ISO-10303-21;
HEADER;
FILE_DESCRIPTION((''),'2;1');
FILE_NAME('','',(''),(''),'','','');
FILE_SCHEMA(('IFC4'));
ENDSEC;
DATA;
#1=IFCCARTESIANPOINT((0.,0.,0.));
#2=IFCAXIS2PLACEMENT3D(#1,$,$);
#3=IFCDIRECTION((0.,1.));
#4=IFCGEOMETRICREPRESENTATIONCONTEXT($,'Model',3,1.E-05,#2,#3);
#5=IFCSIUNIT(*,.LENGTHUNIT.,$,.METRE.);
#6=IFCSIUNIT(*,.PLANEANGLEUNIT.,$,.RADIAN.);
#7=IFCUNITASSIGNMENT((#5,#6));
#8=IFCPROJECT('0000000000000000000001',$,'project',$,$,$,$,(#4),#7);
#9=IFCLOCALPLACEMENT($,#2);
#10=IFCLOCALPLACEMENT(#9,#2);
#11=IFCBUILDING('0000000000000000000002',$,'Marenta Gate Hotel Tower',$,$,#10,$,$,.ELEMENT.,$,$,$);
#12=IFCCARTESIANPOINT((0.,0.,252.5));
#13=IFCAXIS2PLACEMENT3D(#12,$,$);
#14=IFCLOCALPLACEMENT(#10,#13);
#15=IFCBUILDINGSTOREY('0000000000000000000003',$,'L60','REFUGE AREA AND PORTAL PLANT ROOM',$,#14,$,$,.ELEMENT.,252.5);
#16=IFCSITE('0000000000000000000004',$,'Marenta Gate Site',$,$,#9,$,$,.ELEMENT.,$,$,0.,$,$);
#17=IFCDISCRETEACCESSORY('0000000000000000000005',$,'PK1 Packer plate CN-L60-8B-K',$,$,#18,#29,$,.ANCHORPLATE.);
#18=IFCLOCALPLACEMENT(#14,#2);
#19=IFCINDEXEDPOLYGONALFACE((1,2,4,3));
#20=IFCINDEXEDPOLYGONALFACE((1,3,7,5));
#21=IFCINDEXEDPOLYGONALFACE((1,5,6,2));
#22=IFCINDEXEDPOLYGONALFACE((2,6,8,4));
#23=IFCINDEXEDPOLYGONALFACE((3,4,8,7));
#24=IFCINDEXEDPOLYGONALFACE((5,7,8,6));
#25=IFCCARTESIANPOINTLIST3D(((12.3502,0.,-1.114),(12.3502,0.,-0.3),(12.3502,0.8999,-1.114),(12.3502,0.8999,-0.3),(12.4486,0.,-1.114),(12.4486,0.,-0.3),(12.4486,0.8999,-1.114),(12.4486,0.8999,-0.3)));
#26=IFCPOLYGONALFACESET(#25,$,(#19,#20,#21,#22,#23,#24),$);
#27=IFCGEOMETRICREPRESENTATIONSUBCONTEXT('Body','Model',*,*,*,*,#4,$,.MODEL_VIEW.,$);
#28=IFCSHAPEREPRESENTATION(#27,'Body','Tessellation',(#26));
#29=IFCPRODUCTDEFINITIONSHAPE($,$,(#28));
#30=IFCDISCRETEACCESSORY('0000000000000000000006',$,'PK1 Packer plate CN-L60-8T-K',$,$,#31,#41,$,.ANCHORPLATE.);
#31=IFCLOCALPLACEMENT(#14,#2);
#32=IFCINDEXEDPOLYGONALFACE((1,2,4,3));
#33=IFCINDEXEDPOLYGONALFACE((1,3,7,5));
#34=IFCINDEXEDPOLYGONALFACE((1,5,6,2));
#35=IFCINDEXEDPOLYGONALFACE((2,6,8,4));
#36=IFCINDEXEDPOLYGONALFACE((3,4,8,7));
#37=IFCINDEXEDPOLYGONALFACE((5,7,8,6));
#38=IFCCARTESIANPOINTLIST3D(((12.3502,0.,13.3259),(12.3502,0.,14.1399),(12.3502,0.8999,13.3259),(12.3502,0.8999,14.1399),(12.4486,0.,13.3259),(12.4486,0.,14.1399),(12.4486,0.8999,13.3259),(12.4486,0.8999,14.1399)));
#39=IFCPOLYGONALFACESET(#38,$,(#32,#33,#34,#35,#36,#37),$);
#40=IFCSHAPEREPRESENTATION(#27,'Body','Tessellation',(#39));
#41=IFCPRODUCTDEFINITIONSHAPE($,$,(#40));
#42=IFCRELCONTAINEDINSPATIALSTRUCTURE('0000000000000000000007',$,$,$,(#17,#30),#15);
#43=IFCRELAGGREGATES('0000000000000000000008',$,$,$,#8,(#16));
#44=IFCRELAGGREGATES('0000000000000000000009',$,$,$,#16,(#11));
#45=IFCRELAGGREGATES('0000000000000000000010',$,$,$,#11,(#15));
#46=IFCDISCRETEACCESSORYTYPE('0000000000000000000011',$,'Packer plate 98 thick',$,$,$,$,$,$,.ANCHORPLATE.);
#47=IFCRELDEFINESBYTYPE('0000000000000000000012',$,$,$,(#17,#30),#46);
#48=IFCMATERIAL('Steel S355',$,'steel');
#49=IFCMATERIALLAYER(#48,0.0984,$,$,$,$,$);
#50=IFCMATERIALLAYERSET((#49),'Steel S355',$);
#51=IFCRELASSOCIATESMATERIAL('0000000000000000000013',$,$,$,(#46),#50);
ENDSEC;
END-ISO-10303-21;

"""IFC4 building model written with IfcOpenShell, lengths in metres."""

from ifc_helpers import new_model, si_unit, direction, frame, origin, origin_2d, place, context, subcontext, project, spatial, rectangle, extrude, material, layer, layer_set, type_object, element, save


model = new_model("IFC4")

# Units and contexts
model_context = context("Model", 3, precision=1e-05, world=origin(), true_north=direction((0.0, 1.0)))
body_context = subcontext(model_context, "Body", "Model", "MODEL_VIEW")
ifc_project = project(units=[si_unit("LENGTHUNIT", "METRE"), si_unit("PLANEANGLEUNIT", "RADIAN")], contexts=[model_context])

# Site, building, storey
site_placement = place(None, origin())
site = spatial("IfcSite", under=ifc_project, at=site_placement, Name="Marenta Gate Site", CompositionType="ELEMENT", RefElevation=0.0)
building_placement = place(site_placement, origin())
building = spatial("IfcBuilding", under=site, at=building_placement, Name="Marenta Gate Hotel Tower", CompositionType="ELEMENT")
storey_placement = place(building_placement, frame((0.0, 0.0, 252.5)))
storey = spatial("IfcBuildingStorey", under=building, at=storey_placement, Name="L60", Description="REFUGE AREA AND PORTAL PLANT ROOM", CompositionType="ELEMENT", Elevation=252.5)

# Discrete accessories
ifc_material_1 = material(Name="Steel S355", Category="steel")
ifc_layer_1 = layer(ifc_material_1, 0.0984)
ifc_layer_set_1 = layer_set([ifc_layer_1], Name="Steel S355")
discrete_accessory_type_1 = type_object("IfcDiscreteAccessoryType", Name="Packer plate 98 thick", PredefinedType="ANCHORPLATE", material=ifc_layer_set_1)
for number, where, z_axis, x_axis, name in (
    (1, (12.3994, 0.45, -1.114), (0.0, 0.0, 1.0), (1.0, 0.0, 0.0), "PK1 Packer plate CN-L60-8B-K"),
    (2, (12.3994, 0.45, 13.3259), (0.0, 0.0, 1.0), (1.0, 0.0, 0.0), "PK1 Packer plate CN-L60-8T-K"),
):
    element("IfcDiscreteAccessory", number, at=place(storey_placement, frame(where, z_axis=z_axis, x_axis=x_axis)), inside=storey, type_object=discrete_accessory_type_1, Name=name, PredefinedType="ANCHORPLATE", context=body_context, shape_type="SweptSolid", body=[
        extrude(rectangle(XDim=0.0984, YDim=0.8999, at=origin_2d()), origin(), (0.0, 0.0, 1.0), 0.814),
    ])

save(model, "model.ifc")
